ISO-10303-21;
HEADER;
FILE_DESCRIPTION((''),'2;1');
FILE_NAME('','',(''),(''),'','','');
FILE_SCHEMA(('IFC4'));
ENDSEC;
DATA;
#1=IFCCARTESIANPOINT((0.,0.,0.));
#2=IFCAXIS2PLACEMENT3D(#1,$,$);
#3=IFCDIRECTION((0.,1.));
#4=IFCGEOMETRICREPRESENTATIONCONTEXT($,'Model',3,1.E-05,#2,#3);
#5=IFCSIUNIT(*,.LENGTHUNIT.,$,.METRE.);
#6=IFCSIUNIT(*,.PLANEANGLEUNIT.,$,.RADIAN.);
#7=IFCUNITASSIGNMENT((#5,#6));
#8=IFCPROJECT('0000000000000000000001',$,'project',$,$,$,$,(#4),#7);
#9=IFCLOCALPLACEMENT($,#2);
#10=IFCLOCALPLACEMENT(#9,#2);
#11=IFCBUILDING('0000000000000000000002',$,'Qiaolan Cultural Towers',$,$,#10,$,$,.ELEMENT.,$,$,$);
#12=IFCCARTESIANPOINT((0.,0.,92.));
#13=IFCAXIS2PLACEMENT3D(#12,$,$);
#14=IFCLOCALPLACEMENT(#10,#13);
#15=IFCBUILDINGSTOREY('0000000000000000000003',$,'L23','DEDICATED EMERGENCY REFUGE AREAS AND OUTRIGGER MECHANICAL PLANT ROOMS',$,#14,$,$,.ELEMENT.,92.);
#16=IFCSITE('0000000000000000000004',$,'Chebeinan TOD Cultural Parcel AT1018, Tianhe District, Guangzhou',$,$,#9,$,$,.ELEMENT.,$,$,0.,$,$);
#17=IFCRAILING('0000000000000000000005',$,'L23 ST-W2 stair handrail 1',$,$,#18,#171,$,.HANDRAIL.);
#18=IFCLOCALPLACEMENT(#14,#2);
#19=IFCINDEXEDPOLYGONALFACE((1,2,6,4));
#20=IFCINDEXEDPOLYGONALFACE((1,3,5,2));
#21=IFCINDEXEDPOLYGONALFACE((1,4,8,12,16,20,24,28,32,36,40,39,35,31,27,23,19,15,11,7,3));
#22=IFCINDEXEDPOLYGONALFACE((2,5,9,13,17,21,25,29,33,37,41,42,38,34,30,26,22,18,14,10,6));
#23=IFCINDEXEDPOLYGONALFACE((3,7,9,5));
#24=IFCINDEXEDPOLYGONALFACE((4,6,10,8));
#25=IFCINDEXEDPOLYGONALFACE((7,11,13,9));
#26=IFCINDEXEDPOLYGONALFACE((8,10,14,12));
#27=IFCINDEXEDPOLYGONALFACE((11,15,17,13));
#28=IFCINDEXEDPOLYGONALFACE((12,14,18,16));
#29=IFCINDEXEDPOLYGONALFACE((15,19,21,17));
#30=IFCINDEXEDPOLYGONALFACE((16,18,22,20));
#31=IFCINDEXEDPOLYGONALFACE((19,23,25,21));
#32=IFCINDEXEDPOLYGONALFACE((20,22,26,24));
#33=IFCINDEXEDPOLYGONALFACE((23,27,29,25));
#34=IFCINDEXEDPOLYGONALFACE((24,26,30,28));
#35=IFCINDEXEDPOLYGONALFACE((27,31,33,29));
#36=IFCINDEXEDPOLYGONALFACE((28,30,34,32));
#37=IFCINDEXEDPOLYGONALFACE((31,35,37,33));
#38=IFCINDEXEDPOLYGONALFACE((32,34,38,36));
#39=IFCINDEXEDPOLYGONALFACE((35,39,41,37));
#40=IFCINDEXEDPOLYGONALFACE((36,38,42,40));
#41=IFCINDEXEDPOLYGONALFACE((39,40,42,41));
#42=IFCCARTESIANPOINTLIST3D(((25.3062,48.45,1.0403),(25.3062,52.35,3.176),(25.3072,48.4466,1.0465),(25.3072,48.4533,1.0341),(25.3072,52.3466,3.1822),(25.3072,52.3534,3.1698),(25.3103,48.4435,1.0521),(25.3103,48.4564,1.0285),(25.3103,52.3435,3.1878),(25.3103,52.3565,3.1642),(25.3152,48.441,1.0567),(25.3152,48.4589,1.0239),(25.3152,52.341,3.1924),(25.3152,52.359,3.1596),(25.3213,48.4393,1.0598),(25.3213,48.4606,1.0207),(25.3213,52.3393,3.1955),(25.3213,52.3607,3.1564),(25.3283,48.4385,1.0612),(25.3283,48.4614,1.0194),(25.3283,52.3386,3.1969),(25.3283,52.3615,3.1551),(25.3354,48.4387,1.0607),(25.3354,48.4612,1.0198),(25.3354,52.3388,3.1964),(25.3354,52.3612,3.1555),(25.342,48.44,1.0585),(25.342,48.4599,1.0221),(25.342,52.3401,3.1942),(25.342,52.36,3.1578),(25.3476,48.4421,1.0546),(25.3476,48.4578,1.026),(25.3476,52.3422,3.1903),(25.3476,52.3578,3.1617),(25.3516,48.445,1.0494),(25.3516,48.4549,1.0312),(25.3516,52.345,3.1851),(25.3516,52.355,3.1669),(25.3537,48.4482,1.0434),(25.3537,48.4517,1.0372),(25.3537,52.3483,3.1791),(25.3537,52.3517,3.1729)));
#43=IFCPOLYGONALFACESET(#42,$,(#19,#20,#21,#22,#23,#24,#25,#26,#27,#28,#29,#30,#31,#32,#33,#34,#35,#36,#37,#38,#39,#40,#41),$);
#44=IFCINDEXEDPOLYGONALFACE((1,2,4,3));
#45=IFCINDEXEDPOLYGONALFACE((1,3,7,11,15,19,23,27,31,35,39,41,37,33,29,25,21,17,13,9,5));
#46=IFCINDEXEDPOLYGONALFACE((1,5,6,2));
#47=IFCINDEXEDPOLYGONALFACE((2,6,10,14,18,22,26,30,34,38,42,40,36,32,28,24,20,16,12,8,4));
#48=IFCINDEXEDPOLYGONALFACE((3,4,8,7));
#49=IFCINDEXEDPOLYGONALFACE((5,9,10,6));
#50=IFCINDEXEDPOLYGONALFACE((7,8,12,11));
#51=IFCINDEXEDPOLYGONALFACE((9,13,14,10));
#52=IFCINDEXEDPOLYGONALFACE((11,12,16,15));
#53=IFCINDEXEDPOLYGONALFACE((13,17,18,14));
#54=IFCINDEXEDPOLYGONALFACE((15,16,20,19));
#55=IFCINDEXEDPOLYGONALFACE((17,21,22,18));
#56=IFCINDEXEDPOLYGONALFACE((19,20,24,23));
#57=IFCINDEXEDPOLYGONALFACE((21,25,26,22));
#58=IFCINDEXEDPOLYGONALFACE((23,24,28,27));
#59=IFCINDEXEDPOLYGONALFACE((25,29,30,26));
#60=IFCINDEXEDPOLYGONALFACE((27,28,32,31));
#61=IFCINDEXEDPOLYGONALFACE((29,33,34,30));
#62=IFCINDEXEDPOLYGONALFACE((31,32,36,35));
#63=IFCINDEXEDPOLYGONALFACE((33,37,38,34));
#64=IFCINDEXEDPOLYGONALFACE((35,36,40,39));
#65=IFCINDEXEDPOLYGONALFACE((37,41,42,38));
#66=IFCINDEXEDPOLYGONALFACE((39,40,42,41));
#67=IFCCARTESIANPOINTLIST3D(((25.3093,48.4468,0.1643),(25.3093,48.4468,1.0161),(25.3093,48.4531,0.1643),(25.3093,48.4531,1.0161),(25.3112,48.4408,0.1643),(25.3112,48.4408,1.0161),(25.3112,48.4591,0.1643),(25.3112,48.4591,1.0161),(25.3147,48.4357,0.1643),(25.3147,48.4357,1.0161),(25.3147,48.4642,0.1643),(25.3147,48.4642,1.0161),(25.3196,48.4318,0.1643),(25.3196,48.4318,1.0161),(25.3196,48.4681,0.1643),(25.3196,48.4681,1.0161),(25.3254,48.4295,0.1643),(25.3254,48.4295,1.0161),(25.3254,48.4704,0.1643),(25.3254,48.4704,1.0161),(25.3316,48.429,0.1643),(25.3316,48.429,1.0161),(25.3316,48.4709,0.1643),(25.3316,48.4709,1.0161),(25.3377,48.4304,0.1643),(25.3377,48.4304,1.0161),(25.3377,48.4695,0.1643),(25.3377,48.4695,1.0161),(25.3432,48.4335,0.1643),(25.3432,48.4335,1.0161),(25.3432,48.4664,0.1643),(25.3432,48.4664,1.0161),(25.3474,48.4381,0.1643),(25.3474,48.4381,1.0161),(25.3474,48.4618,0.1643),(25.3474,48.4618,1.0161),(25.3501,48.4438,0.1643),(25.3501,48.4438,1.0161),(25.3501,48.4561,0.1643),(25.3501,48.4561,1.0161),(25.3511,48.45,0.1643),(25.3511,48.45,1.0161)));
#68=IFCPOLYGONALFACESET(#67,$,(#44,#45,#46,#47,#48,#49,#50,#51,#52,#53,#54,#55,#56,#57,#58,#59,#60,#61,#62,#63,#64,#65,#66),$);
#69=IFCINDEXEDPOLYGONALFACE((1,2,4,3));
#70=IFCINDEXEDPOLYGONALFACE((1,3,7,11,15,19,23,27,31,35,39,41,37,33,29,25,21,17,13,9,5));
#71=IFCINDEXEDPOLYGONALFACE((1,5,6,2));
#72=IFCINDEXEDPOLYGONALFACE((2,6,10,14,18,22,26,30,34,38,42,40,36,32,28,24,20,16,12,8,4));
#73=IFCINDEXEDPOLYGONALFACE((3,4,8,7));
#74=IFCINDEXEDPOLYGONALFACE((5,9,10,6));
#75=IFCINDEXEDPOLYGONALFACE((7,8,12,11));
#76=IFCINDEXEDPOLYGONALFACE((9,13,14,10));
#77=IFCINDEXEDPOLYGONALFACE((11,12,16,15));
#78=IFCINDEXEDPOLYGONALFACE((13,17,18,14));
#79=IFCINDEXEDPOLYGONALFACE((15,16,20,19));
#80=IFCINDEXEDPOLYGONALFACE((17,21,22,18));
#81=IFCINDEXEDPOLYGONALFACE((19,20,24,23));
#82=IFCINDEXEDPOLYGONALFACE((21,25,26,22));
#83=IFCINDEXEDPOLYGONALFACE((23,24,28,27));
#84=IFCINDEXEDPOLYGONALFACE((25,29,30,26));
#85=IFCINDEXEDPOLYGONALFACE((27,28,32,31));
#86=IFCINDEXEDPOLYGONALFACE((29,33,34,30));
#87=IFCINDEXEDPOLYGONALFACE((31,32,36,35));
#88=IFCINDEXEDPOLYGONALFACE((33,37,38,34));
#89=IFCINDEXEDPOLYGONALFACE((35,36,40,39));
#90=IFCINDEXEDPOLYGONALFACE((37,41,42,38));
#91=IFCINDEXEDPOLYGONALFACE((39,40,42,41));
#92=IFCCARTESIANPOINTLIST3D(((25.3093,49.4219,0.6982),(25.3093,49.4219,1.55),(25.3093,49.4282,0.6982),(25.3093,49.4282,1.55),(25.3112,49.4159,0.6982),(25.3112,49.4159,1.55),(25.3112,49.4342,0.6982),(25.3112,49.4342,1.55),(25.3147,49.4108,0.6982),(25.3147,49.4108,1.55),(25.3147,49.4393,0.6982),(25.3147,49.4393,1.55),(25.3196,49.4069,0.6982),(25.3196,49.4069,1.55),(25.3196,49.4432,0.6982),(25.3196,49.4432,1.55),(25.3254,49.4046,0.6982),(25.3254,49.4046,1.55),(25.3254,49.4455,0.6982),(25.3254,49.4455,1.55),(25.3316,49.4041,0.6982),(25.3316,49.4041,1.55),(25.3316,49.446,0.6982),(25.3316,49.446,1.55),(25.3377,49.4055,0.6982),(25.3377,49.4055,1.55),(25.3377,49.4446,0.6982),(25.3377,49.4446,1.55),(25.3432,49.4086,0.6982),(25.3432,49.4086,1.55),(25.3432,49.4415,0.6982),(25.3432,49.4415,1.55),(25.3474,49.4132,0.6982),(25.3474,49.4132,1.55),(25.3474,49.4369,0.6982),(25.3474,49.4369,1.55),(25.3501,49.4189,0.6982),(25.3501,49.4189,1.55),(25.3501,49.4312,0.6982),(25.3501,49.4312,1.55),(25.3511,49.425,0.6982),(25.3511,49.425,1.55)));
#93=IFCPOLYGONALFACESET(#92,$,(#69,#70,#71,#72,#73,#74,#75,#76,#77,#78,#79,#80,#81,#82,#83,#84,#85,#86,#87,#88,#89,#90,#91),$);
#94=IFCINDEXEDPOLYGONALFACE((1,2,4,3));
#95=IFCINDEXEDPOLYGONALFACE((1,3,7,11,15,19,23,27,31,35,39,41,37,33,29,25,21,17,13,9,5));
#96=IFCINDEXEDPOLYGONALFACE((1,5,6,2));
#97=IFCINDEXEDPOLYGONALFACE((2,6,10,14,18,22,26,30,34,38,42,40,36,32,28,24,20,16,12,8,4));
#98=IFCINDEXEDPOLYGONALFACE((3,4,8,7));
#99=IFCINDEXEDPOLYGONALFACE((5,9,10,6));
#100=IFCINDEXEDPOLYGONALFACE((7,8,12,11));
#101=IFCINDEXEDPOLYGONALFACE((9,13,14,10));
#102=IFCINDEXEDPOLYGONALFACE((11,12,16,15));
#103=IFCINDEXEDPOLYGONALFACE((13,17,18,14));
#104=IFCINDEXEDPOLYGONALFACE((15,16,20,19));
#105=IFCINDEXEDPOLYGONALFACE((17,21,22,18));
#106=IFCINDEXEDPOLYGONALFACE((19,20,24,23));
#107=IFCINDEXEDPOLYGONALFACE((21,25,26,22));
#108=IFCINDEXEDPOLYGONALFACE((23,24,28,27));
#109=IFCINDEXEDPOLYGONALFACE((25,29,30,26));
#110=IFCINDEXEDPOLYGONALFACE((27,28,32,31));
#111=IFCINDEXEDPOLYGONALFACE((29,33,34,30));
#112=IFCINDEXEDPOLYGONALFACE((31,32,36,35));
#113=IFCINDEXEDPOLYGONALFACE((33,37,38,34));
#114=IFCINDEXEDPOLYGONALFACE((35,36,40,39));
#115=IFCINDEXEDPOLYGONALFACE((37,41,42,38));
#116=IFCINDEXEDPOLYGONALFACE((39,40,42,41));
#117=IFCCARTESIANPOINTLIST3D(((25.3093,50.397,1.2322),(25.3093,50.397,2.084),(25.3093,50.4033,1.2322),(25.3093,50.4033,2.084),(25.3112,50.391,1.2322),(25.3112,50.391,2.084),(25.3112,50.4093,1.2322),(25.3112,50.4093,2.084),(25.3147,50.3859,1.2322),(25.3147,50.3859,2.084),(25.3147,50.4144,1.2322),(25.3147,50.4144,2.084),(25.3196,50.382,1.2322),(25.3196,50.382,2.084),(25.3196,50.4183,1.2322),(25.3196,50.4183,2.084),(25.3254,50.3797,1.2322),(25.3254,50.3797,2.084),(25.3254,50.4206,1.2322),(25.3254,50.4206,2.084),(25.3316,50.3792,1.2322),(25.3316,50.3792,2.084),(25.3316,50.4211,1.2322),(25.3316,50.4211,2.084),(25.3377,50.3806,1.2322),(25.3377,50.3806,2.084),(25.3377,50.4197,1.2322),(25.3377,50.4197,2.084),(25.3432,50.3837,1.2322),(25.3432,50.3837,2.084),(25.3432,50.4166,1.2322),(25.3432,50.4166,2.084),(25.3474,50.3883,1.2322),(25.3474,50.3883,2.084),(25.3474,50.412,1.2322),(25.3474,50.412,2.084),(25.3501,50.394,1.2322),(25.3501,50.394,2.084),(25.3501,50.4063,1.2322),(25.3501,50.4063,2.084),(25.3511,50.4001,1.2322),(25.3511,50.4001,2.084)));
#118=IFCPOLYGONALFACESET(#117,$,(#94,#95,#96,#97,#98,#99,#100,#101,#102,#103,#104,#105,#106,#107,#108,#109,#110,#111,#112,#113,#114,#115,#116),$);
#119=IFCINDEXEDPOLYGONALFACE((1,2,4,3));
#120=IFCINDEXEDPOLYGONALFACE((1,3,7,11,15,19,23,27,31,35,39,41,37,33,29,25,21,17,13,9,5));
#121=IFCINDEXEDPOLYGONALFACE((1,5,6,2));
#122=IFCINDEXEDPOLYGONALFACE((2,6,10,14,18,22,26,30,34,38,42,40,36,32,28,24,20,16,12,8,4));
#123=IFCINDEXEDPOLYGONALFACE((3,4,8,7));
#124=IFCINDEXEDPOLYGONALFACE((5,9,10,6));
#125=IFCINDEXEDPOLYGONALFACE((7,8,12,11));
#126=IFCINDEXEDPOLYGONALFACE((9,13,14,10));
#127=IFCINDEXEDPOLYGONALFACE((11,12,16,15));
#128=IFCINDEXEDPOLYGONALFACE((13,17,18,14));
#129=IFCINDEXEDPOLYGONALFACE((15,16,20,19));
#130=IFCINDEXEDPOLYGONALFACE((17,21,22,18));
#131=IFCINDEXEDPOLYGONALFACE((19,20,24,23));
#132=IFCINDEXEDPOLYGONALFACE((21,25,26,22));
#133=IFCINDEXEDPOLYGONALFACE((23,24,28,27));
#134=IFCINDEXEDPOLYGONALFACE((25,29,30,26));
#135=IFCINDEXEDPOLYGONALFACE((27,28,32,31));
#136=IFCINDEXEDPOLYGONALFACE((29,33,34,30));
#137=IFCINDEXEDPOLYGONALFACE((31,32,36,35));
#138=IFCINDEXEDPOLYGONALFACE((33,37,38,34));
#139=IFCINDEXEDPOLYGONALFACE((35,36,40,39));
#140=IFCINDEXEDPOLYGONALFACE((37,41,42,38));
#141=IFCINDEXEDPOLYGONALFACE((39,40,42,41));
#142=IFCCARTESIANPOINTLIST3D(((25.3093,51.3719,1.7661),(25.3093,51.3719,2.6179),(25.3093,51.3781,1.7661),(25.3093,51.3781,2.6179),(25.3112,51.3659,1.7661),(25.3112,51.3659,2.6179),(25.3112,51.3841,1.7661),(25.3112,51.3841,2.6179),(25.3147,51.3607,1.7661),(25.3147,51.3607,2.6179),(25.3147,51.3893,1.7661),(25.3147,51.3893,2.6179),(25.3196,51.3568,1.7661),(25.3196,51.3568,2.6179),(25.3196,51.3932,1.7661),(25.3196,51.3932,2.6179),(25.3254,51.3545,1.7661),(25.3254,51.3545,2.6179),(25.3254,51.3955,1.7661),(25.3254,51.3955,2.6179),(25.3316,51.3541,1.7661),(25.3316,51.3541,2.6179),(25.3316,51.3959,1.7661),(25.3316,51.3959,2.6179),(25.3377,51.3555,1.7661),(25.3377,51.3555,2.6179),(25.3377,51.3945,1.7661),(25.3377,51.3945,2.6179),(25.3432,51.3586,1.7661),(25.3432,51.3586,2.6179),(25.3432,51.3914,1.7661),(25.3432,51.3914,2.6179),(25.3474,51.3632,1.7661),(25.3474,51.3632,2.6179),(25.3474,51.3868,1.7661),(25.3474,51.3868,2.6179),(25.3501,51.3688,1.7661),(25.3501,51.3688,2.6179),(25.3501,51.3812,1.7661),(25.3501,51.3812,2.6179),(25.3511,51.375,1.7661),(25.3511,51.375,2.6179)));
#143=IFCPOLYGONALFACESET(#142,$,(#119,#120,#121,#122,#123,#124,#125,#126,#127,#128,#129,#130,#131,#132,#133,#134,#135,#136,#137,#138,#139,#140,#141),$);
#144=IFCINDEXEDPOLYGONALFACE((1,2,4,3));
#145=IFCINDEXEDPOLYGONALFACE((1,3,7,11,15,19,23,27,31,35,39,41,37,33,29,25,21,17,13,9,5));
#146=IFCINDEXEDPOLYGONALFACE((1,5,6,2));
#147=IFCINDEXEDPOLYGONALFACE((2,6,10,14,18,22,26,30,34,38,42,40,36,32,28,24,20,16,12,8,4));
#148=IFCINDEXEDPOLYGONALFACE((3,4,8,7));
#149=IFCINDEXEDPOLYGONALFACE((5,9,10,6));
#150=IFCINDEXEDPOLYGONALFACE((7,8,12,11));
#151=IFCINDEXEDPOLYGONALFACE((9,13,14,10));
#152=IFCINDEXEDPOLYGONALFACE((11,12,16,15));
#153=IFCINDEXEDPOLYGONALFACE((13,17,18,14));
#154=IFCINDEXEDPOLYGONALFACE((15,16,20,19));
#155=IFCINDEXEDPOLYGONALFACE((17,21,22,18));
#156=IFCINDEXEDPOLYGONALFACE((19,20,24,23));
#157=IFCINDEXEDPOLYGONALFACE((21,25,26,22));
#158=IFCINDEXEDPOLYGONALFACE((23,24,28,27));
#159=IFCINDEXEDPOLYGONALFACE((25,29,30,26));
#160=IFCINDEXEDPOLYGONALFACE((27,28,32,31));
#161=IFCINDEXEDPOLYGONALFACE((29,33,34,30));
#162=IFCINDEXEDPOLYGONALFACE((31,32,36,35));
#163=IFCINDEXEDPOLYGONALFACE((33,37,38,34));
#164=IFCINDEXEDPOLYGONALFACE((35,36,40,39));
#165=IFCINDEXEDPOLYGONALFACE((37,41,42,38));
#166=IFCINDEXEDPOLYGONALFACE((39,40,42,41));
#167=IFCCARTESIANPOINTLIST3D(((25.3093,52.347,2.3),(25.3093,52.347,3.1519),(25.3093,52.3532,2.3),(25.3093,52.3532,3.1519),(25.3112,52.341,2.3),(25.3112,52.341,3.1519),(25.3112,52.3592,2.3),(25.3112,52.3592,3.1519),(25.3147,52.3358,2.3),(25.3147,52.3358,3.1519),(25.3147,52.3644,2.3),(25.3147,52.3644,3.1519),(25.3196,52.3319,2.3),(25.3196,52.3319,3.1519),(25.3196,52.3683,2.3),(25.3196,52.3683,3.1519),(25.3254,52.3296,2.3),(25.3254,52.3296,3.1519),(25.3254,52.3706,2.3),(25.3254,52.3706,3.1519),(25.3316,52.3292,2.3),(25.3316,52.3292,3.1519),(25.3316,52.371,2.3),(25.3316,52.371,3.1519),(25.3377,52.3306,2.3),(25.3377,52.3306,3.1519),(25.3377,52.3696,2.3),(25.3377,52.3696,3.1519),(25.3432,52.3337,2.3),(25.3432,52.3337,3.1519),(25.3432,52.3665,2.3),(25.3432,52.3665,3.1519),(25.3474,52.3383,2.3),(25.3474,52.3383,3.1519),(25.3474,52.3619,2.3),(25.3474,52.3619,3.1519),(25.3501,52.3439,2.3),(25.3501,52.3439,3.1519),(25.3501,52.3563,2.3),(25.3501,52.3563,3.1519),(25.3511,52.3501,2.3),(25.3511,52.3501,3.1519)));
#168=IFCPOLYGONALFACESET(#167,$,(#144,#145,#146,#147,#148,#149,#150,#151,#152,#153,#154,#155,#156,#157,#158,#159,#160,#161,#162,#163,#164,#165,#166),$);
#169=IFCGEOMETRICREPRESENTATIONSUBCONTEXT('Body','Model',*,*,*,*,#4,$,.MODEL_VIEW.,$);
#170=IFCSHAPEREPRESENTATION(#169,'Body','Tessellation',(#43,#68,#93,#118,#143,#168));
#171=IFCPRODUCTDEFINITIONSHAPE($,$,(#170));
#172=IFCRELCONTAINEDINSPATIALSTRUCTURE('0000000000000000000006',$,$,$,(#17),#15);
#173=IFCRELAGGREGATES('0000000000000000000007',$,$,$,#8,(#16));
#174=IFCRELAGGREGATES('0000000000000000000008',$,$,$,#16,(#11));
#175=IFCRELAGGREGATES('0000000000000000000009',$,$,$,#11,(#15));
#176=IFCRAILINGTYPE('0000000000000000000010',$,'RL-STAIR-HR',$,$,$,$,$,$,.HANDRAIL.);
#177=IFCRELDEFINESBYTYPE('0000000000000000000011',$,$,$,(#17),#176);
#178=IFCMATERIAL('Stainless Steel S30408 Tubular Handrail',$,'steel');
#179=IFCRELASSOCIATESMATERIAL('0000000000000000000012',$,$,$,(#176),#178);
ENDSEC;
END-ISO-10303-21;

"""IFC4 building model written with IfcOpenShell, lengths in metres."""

from ifc_helpers import new_model, si_unit, direction, frame, origin, origin_2d, place, context, subcontext, project, spatial, circle, extrude, material, type_object, element, save


model = new_model("IFC4")

# Units and contexts
model_context = context("Model", 3, precision=1e-05, world=origin(), true_north=direction((0.0, 1.0)))
body_context = subcontext(model_context, "Body", "Model", "MODEL_VIEW")
ifc_project = project(units=[si_unit("LENGTHUNIT", "METRE"), si_unit("PLANEANGLEUNIT", "RADIAN")], contexts=[model_context])

# Site, building, storey
site_placement = place(None, origin())
site = spatial("IfcSite", under=ifc_project, at=site_placement, Name="Chebeinan TOD Cultural Parcel AT1018, Tianhe District, Guangzhou", CompositionType="ELEMENT", RefElevation=0.0)
building_placement = place(site_placement, origin())
building = spatial("IfcBuilding", under=site, at=building_placement, Name="Qiaolan Cultural Towers", CompositionType="ELEMENT")
storey_placement = place(building_placement, frame((0.0, 0.0, 92.0)))
storey = spatial("IfcBuildingStorey", under=building, at=storey_placement, Name="L23", Description="DEDICATED EMERGENCY REFUGE AREAS AND OUTRIGGER MECHANICAL PLANT ROOMS", CompositionType="ELEMENT", Elevation=92.0)

# Railing
ifc_material_1 = material(Name="Stainless Steel S30408 Tubular Handrail", Category="steel")
railing_type_1 = type_object("IfcRailingType", Name="RL-STAIR-HR", PredefinedType="HANDRAIL", material=ifc_material_1)
railing_1_placement = place(storey_placement, frame((25.3301, 48.45, 0.1643)))
element("IfcRailing", 1, at=railing_1_placement, inside=storey, type_object=railing_type_1, Name="L23 ST-W2 stair handrail 1", PredefinedType="HANDRAIL", context=body_context, shape_type="SweptSolid", body=[
    extrude(circle(Radius=0.0239, at=origin_2d()), frame((0.0, 0.0, 0.876), z_axis=(0.0, 0.877101, 0.480306), x_axis=(-1.0, 0.0, 0.0)), (0.0, 0.0, 1.0), 4.4465),
    extrude(circle(Radius=0.021, at=origin_2d()), origin(), (0.0, 0.0, 1.0), 0.8518),
    extrude(circle(Radius=0.021, at=origin_2d()), frame((0.0, 0.9751, 0.5339)), (0.0, 0.0, 1.0), 0.8518),
    extrude(circle(Radius=0.021, at=origin_2d()), frame((0.0, 1.9502, 1.0679)), (0.0, 0.0, 1.0), 0.8518),
    extrude(circle(Radius=0.021, at=origin_2d()), frame((0.0, 2.925, 1.6018)), (0.0, 0.0, 1.0), 0.8518),
    extrude(circle(Radius=0.021, at=origin_2d()), frame((0.0, 3.9001, 2.1357)), (0.0, 0.0, 1.0), 0.8518),
])

save(model, "model.ifc")
